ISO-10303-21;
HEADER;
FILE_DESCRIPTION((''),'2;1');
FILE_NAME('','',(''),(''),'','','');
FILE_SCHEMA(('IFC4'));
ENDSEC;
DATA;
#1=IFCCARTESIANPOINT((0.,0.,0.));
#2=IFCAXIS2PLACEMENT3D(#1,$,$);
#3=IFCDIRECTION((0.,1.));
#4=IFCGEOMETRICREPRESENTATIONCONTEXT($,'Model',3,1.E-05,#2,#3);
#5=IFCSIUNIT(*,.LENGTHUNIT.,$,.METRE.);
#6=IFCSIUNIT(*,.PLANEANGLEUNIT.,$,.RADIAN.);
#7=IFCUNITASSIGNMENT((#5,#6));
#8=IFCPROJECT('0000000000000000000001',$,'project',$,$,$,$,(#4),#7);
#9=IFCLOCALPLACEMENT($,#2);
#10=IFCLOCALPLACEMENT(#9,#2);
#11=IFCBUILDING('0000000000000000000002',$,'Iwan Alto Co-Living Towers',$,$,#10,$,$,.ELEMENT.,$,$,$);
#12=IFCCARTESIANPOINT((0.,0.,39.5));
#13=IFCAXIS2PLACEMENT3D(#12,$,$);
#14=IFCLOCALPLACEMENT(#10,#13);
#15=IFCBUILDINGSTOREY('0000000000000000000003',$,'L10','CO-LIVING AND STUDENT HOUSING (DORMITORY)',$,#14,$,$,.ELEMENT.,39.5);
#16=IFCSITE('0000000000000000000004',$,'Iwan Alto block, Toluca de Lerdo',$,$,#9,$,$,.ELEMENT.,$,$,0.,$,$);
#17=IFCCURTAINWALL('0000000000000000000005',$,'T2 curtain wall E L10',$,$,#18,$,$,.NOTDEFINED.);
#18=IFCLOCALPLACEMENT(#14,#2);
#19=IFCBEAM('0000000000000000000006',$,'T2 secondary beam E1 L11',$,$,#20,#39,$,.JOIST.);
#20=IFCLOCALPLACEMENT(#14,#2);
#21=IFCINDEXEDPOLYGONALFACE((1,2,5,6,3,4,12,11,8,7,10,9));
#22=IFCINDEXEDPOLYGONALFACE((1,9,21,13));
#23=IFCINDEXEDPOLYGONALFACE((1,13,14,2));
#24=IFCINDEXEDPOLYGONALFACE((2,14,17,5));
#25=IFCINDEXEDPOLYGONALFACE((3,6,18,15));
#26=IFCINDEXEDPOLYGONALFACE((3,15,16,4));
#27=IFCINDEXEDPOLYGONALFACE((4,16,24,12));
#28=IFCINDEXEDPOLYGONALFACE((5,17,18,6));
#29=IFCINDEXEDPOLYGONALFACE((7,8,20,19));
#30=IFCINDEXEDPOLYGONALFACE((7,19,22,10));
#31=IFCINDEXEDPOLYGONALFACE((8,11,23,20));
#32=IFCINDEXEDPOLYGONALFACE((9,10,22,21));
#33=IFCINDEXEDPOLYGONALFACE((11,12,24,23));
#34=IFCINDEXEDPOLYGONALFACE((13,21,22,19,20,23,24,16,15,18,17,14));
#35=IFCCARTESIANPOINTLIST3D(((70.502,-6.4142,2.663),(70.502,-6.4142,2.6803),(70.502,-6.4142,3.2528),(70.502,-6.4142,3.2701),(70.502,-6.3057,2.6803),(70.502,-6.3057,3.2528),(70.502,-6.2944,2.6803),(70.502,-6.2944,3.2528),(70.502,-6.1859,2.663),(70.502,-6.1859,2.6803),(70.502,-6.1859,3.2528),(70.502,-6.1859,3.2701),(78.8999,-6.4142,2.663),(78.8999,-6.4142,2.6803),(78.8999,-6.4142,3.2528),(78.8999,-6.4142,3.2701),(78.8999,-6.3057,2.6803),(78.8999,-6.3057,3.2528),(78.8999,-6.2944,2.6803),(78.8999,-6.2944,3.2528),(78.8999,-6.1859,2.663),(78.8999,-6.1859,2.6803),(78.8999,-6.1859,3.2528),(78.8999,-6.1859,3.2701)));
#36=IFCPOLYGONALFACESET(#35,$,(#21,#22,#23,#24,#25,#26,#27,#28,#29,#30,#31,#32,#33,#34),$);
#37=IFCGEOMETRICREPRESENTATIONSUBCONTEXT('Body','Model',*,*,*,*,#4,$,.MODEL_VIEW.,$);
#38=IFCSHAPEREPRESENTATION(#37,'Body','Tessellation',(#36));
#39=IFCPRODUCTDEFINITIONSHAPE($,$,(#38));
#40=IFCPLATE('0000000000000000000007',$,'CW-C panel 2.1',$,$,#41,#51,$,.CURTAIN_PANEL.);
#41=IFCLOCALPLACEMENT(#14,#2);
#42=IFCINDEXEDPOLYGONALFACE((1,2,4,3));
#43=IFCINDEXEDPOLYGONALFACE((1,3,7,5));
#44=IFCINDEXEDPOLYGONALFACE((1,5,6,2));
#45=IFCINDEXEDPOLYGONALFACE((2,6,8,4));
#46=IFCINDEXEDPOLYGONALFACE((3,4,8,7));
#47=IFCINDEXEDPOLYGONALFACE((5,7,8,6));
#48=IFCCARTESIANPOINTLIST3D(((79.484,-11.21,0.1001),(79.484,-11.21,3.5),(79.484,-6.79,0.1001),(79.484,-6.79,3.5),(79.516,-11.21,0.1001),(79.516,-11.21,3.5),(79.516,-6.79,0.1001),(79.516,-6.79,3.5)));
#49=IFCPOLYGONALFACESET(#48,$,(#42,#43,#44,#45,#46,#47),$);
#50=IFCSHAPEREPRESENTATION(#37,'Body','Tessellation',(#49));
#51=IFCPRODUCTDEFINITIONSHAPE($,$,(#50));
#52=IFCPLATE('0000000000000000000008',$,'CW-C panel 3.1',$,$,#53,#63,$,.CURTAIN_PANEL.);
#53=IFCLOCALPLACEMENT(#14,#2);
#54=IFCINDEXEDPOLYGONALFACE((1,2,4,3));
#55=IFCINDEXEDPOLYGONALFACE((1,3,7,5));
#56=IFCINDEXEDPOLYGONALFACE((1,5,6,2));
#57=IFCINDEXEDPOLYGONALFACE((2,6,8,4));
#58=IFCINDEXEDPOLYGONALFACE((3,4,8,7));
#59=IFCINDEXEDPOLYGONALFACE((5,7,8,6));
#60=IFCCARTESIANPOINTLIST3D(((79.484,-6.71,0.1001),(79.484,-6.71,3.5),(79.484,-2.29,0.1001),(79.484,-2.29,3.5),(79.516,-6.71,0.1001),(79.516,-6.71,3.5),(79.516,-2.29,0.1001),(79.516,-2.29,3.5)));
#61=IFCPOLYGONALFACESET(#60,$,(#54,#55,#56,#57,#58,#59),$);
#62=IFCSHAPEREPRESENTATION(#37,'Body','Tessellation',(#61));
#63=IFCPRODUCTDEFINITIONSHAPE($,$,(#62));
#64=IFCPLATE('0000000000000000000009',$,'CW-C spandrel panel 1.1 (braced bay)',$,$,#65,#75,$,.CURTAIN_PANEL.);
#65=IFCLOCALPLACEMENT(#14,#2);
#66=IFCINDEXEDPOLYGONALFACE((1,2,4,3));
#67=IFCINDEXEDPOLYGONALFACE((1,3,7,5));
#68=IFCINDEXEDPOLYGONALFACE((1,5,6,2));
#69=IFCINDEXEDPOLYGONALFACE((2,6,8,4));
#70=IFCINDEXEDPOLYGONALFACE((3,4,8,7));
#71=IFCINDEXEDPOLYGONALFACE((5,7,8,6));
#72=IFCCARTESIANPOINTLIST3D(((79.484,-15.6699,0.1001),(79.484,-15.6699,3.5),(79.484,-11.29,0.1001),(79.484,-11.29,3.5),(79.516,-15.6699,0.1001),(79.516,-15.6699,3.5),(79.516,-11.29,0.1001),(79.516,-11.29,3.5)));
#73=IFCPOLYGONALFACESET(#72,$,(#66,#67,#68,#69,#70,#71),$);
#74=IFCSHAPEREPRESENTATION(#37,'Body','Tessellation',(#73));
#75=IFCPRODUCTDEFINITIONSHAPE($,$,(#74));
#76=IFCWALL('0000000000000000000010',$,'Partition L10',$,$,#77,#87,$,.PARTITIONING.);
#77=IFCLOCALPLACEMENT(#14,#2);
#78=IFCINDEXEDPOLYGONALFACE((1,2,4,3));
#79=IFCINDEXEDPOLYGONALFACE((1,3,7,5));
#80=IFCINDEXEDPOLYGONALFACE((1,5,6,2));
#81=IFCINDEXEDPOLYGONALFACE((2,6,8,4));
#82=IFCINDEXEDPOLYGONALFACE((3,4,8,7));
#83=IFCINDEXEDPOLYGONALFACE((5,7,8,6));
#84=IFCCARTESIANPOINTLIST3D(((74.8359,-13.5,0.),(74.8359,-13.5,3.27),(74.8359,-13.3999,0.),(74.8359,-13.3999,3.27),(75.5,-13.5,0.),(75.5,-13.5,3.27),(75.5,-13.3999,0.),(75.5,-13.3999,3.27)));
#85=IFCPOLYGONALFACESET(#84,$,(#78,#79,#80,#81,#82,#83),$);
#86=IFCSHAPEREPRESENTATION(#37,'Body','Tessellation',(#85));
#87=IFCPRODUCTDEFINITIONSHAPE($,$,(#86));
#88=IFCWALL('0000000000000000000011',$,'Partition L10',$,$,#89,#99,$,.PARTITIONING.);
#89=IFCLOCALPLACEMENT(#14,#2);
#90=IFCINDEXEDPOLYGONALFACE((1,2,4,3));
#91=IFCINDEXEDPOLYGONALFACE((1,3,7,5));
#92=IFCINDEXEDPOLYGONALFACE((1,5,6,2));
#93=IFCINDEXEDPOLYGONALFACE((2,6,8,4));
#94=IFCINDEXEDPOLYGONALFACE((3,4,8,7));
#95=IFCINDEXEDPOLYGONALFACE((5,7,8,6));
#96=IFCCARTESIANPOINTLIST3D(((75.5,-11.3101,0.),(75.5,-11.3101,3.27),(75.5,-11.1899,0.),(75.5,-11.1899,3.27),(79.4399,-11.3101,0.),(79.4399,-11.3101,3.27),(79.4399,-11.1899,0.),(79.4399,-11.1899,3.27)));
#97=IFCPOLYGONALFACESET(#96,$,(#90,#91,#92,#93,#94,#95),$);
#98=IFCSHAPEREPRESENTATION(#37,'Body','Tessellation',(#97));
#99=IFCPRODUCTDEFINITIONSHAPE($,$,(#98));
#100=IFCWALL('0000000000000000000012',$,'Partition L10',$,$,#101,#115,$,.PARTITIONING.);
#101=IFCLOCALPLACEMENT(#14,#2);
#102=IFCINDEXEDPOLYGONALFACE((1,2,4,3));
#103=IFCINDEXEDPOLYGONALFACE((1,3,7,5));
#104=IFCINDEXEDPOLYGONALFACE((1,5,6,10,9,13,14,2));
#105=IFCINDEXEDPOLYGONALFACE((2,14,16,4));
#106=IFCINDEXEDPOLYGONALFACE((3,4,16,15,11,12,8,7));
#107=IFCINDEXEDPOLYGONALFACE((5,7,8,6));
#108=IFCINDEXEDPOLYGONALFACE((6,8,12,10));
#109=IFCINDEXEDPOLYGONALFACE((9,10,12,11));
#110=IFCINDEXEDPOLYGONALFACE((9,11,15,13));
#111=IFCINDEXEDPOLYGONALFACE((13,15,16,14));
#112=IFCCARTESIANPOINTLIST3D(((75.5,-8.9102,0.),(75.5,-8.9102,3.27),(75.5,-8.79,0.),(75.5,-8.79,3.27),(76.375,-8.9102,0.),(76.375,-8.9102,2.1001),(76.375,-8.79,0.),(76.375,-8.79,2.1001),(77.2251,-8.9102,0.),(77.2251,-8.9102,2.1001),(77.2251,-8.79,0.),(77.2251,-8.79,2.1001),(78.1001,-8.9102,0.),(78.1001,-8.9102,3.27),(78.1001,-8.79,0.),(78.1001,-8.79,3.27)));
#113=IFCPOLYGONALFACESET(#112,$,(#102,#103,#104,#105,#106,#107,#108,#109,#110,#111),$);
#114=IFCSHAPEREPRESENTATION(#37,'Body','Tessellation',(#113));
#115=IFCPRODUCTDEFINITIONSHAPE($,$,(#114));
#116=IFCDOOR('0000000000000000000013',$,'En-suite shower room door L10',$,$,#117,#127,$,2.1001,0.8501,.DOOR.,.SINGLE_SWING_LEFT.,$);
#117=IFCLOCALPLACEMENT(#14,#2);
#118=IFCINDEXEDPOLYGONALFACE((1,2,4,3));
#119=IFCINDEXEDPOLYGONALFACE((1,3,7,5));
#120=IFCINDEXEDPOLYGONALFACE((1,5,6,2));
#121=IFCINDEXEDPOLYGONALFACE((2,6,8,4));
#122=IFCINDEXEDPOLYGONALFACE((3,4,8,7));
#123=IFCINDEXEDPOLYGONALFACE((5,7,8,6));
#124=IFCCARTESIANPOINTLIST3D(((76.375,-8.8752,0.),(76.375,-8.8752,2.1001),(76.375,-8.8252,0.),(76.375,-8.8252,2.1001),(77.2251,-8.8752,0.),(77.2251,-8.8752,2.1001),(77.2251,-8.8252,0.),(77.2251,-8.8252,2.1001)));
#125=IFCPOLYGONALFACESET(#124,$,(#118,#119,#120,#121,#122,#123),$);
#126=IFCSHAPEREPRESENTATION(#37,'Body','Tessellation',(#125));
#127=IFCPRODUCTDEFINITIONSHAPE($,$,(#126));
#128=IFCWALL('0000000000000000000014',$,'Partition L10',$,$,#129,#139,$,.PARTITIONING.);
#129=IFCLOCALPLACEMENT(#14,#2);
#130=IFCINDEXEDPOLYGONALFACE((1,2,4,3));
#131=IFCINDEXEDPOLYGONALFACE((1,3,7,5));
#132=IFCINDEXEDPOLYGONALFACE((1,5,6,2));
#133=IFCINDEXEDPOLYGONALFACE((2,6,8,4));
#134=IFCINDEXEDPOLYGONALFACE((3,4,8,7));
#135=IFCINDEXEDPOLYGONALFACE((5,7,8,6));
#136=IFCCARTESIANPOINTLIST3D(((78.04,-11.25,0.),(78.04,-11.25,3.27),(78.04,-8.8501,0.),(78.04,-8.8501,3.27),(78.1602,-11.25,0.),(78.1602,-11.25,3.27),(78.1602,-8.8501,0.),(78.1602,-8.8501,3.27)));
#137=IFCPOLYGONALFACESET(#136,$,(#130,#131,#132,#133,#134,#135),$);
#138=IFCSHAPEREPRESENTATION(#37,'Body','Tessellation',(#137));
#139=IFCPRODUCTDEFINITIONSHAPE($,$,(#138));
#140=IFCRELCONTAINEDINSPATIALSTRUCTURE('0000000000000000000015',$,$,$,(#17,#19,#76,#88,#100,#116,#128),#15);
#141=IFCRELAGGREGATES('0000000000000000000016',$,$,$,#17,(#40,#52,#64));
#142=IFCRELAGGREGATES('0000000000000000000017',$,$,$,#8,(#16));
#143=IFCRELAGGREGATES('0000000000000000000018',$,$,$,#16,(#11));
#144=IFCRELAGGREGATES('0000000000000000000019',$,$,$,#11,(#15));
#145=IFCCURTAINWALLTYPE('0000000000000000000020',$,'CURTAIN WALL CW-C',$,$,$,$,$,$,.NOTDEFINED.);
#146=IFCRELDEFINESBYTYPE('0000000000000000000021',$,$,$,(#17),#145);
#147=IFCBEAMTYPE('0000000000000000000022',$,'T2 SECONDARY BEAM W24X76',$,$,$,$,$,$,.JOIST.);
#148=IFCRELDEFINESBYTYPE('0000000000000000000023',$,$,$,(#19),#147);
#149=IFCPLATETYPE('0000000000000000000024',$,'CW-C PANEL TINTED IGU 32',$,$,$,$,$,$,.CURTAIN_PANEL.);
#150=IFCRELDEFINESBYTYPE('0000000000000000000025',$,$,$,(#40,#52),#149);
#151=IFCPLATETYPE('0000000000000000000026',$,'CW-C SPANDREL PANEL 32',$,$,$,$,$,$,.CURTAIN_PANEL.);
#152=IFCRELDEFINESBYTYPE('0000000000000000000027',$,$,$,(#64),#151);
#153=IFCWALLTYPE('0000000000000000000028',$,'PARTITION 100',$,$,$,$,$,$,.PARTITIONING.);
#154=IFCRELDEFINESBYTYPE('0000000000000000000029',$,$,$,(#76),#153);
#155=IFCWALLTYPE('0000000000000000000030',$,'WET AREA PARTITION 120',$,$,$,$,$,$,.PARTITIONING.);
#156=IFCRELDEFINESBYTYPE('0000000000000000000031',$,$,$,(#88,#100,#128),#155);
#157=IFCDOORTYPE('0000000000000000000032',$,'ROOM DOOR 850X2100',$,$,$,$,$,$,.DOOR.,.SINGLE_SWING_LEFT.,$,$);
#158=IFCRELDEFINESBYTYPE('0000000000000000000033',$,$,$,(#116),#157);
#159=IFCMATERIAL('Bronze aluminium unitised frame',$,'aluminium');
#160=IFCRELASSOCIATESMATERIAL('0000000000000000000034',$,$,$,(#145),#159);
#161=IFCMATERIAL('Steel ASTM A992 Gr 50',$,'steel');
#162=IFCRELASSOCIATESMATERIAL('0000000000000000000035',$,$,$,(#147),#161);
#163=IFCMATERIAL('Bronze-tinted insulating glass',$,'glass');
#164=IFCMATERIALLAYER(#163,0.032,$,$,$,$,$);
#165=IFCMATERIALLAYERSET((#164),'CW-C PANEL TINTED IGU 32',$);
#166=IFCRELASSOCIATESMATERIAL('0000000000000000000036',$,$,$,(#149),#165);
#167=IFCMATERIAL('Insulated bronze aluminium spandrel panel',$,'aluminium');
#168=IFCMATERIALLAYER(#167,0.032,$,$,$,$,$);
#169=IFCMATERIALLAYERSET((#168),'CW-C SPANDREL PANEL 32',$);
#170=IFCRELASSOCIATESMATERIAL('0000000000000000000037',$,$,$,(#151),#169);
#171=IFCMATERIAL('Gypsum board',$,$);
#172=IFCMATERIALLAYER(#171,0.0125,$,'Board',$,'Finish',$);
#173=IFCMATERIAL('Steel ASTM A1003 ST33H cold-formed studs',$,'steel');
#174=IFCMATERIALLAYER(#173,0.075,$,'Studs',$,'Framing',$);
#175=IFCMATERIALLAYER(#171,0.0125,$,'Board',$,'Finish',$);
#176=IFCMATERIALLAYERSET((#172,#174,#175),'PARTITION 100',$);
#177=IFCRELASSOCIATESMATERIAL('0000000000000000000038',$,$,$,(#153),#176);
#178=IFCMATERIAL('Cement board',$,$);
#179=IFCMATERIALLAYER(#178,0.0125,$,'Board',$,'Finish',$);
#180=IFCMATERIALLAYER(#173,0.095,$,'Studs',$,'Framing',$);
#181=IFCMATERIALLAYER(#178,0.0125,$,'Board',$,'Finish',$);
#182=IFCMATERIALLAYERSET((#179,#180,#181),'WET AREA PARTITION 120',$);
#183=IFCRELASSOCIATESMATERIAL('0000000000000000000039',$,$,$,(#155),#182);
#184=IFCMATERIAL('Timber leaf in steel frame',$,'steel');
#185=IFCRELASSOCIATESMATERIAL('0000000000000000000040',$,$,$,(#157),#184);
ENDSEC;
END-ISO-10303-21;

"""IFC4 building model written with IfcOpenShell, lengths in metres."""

from ifc_helpers import new_model, si_unit, direction, frame, frame_2d, origin, origin_2d, place, context, subcontext, project, spatial, rectangle, i_section, extrude, material, layer, layer_set, material_profile, profile_set, type_object, element, fill, aggregate, save


model = new_model("IFC4")

# Units and contexts
model_context = context("Model", 3, precision=1e-05, world=origin(), true_north=direction((0.0, 1.0)))
body_context = subcontext(model_context, "Body", "Model", "MODEL_VIEW")
ifc_project = project(units=[si_unit("LENGTHUNIT", "METRE"), si_unit("PLANEANGLEUNIT", "RADIAN")], contexts=[model_context])

# Site, building, storey
site_placement = place(None, origin())
site = spatial("IfcSite", under=ifc_project, at=site_placement, Name="Iwan Alto block, Toluca de Lerdo", CompositionType="ELEMENT", RefElevation=0.0)
building_placement = place(site_placement, origin())
building = spatial("IfcBuilding", under=site, at=building_placement, Name="Iwan Alto Co-Living Towers", CompositionType="ELEMENT")
storey_placement = place(building_placement, frame((0.0, 0.0, 39.5)))
storey = spatial("IfcBuildingStorey", under=building, at=storey_placement, Name="L10", Description="CO-LIVING AND STUDENT HOUSING (DORMITORY)", CompositionType="ELEMENT", Elevation=39.5)

# Curtain wall
ifc_material_1 = material(Name="Bronze aluminium unitised frame", Category="aluminium")
curtain_wall_type = type_object("IfcCurtainWallType", Name="CURTAIN WALL CW-C", PredefinedType="NOTDEFINED", material=ifc_material_1)
curtain_wall_placement = place(storey_placement, origin())
curtain_wall = element("IfcCurtainWall", 1, at=curtain_wall_placement, inside=storey, type_object=curtain_wall_type, Name="T2 curtain wall E L10", PredefinedType="NOTDEFINED")

# Beam
ifc_material_2 = material(Name="Steel ASTM A992 Gr 50", Category="steel")
ifc_material_profile_1 = material_profile(ifc_material_2, i_section(OverallWidth=0.2283, OverallDepth=0.6072, WebThickness=0.0112, FlangeThickness=0.0173, at=origin_2d()), Name="W24X76")
ifc_profile_set_1 = profile_set([ifc_material_profile_1], Name="Steel ASTM A992 Gr 50")
beam_type_1 = type_object("IfcBeamType", Name="T2 SECONDARY BEAM W24X76", PredefinedType="JOIST", material=ifc_profile_set_1)
beam_1_placement = place(storey_placement, frame((78.8999, -6.3, 2.9666), z_axis=(-1.0, 0.0, 0.0), x_axis=(0.0, -1.0, 0.0)))
element("IfcBeam", 2, at=beam_1_placement, inside=storey, type_object=beam_type_1, Name="T2 secondary beam E1 L11", PredefinedType="JOIST", context=body_context, shape_type="SweptSolid", body=[
    extrude(i_section(OverallWidth=0.2283, OverallDepth=0.6072, WebThickness=0.0112, FlangeThickness=0.0173, at=origin_2d()), origin(), (0.0, 0.0, 1.0), 8.3979),
])

# Plates
ifc_material_3 = material(Name="Bronze-tinted insulating glass", Category="glass")
ifc_layer_1 = layer(ifc_material_3, 0.032)
ifc_layer_set_1 = layer_set([ifc_layer_1], Name="CW-C PANEL TINTED IGU 32")
plate_type_1 = type_object("IfcPlateType", Name="CW-C PANEL TINTED IGU 32", PredefinedType="CURTAIN_PANEL", material=ifc_layer_set_1)
plate_1_placement = place(storey_placement, frame((79.5, -9.0, 0.1001), z_axis=(0.0, 0.0, 1.0), x_axis=(0.0, 1.0, 0.0)))
plate_1 = element("IfcPlate", 3, at=plate_1_placement, type_object=plate_type_1, Name="CW-C panel 2.1", PredefinedType="CURTAIN_PANEL", context=body_context, shape_type="SweptSolid", body=[
    extrude(rectangle(XDim=4.4199, YDim=0.032, at=origin_2d()), origin(), (0.0, 0.0, 1.0), 3.3999),
])
plate_2_placement = place(storey_placement, frame((79.5, -4.5, 0.1001), z_axis=(0.0, 0.0, 1.0), x_axis=(0.0, 1.0, 0.0)))
plate_2 = element("IfcPlate", 4, at=plate_2_placement, type_object=plate_type_1, Name="CW-C panel 3.1", PredefinedType="CURTAIN_PANEL", context=body_context, shape_type="SweptSolid", body=[
    extrude(rectangle(XDim=4.4199, YDim=0.032, at=origin_2d()), origin(), (0.0, 0.0, 1.0), 3.3999),
])
ifc_material_4 = material(Name="Insulated bronze aluminium spandrel panel", Category="aluminium")
ifc_layer_2 = layer(ifc_material_4, 0.032)
ifc_layer_set_2 = layer_set([ifc_layer_2], Name="CW-C SPANDREL PANEL 32")
plate_type_2 = type_object("IfcPlateType", Name="CW-C SPANDREL PANEL 32", PredefinedType="CURTAIN_PANEL", material=ifc_layer_set_2)
plate_3_placement = place(storey_placement, frame((79.5, -13.48, 0.1001), z_axis=(0.0, 0.0, 1.0), x_axis=(0.0, 1.0, 0.0)))
plate_3 = element("IfcPlate", 5, at=plate_3_placement, type_object=plate_type_2, Name="CW-C spandrel panel 1.1 (braced bay)", PredefinedType="CURTAIN_PANEL", context=body_context, shape_type="SweptSolid", body=[
    extrude(rectangle(XDim=4.3799, YDim=0.032, at=origin_2d()), origin(), (0.0, 0.0, 1.0), 3.3999),
])
aggregate(curtain_wall, [plate_1, plate_2, plate_3])

# Walls
ifc_material_5 = material(Name="Gypsum board")
ifc_layer_3 = layer(ifc_material_5, 0.0125, Name="Board", Category="Finish")
ifc_material_6 = material(Name="Steel ASTM A1003 ST33H cold-formed studs", Category="steel")
ifc_layer_4 = layer(ifc_material_6, 0.075, Name="Studs", Category="Framing")
ifc_layer_5 = layer(ifc_material_5, 0.0125, Name="Board", Category="Finish")
ifc_layer_set_3 = layer_set([ifc_layer_3, ifc_layer_4, ifc_layer_5], Name="PARTITION 100")
wall_type_1 = type_object("IfcWallType", Name="PARTITION 100", PredefinedType="PARTITIONING", material=ifc_layer_set_3)
wall_1_placement = place(storey_placement, frame((74.8359, -13.45, 0.0), z_axis=(0.0, 0.0, 1.0), x_axis=(1.0, 0.0, 0.0)))
element("IfcWall", 6, at=wall_1_placement, inside=storey, type_object=wall_type_1, Name="Partition L10", PredefinedType="PARTITIONING", context=body_context, shape_type="SweptSolid", body=[
    extrude(rectangle(XDim=0.6641, YDim=0.1001, at=frame_2d((0.332, 0.0))), origin(), (0.0, 0.0, 1.0), 3.27),
])
ifc_material_7 = material(Name="Cement board")
ifc_layer_6 = layer(ifc_material_7, 0.0125, Name="Board", Category="Finish")
ifc_layer_7 = layer(ifc_material_6, 0.095, Name="Studs", Category="Framing")
ifc_layer_8 = layer(ifc_material_7, 0.0125, Name="Board", Category="Finish")
ifc_layer_set_4 = layer_set([ifc_layer_6, ifc_layer_7, ifc_layer_8], Name="WET AREA PARTITION 120")
wall_type_2 = type_object("IfcWallType", Name="WET AREA PARTITION 120", PredefinedType="PARTITIONING", material=ifc_layer_set_4)
wall_2_placement = place(storey_placement, frame((75.5, -11.25, 0.0), z_axis=(0.0, 0.0, 1.0), x_axis=(1.0, 0.0, 0.0)))
element("IfcWall", 7, at=wall_2_placement, inside=storey, type_object=wall_type_2, Name="Partition L10", PredefinedType="PARTITIONING", context=body_context, shape_type="SweptSolid", body=[
    extrude(rectangle(XDim=3.9399, YDim=0.1201, at=frame_2d((1.97, 0.0))), origin(), (0.0, 0.0, 1.0), 3.27),
])

# Wall, opening, door
wall_3_placement = place(storey_placement, frame((75.5, -8.8501, 0.0), z_axis=(0.0, 0.0, 1.0), x_axis=(1.0, 0.0, 0.0)))
wall_3 = element("IfcWall", 8, at=wall_3_placement, inside=storey, type_object=wall_type_2, Name="Partition L10", PredefinedType="PARTITIONING", context=body_context, shape_type="SweptSolid", body=[
    extrude(rectangle(XDim=2.6001, YDim=0.1201, at=frame_2d((1.3, 0.0))), origin(), (0.0, 0.0, 1.0), 3.27),
])
opening_1_placement = place(wall_3_placement, frame((0.875, 0.0, 0.0)))
opening_1 = element("IfcOpeningElement", 9, at=opening_1_placement, cuts=wall_3, PredefinedType="OPENING", context=body_context, shape_type="SweptSolid", body=[
    extrude(rectangle(XDim=0.8501, YDim=2.1001, at=frame_2d((0.425, 1.05))), frame((0.0, 0.0701, 0.0), z_axis=(0.0, -1.0, 0.0), x_axis=(1.0, 0.0, 0.0)), (0.0, 0.0, 1.0), 0.1401),
])
ifc_material_8 = material(Name="Timber leaf in steel frame", Category="steel")
door_type = type_object("IfcDoorType", Name="ROOM DOOR 850X2100", OperationType="SINGLE_SWING_LEFT", PredefinedType="DOOR", material=ifc_material_8)
door_1_placement = place(opening_1_placement, origin())
door_1 = element("IfcDoor", 10, at=door_1_placement, inside=storey, type_object=door_type, Name="En-suite shower room door L10", OperationType="SINGLE_SWING_LEFT", OverallHeight=2.1001, OverallWidth=0.8501, PredefinedType="DOOR", context=body_context, shape_type="SweptSolid", body=[
    extrude(rectangle(XDim=0.8501, YDim=2.1001, at=frame_2d((0.425, 1.05))), frame((0.0, 0.0249, 0.0), z_axis=(0.0, -1.0, 0.0), x_axis=(1.0, 0.0, 0.0)), (0.0, 0.0, 1.0), 0.05),
])
fill(opening_1, door_1)

# Wall
wall_4_placement = place(storey_placement, frame((78.1001, -11.25, 0.0), z_axis=(0.0, 0.0, 1.0), x_axis=(0.0, 1.0, 0.0)))
element("IfcWall", 11, at=wall_4_placement, inside=storey, type_object=wall_type_2, Name="Partition L10", PredefinedType="PARTITIONING", context=body_context, shape_type="SweptSolid", body=[
    extrude(rectangle(XDim=2.3999, YDim=0.1201, at=frame_2d((1.2, 0.0))), origin(), (0.0, 0.0, 1.0), 3.27),
])

save(model, "model.ifc")
